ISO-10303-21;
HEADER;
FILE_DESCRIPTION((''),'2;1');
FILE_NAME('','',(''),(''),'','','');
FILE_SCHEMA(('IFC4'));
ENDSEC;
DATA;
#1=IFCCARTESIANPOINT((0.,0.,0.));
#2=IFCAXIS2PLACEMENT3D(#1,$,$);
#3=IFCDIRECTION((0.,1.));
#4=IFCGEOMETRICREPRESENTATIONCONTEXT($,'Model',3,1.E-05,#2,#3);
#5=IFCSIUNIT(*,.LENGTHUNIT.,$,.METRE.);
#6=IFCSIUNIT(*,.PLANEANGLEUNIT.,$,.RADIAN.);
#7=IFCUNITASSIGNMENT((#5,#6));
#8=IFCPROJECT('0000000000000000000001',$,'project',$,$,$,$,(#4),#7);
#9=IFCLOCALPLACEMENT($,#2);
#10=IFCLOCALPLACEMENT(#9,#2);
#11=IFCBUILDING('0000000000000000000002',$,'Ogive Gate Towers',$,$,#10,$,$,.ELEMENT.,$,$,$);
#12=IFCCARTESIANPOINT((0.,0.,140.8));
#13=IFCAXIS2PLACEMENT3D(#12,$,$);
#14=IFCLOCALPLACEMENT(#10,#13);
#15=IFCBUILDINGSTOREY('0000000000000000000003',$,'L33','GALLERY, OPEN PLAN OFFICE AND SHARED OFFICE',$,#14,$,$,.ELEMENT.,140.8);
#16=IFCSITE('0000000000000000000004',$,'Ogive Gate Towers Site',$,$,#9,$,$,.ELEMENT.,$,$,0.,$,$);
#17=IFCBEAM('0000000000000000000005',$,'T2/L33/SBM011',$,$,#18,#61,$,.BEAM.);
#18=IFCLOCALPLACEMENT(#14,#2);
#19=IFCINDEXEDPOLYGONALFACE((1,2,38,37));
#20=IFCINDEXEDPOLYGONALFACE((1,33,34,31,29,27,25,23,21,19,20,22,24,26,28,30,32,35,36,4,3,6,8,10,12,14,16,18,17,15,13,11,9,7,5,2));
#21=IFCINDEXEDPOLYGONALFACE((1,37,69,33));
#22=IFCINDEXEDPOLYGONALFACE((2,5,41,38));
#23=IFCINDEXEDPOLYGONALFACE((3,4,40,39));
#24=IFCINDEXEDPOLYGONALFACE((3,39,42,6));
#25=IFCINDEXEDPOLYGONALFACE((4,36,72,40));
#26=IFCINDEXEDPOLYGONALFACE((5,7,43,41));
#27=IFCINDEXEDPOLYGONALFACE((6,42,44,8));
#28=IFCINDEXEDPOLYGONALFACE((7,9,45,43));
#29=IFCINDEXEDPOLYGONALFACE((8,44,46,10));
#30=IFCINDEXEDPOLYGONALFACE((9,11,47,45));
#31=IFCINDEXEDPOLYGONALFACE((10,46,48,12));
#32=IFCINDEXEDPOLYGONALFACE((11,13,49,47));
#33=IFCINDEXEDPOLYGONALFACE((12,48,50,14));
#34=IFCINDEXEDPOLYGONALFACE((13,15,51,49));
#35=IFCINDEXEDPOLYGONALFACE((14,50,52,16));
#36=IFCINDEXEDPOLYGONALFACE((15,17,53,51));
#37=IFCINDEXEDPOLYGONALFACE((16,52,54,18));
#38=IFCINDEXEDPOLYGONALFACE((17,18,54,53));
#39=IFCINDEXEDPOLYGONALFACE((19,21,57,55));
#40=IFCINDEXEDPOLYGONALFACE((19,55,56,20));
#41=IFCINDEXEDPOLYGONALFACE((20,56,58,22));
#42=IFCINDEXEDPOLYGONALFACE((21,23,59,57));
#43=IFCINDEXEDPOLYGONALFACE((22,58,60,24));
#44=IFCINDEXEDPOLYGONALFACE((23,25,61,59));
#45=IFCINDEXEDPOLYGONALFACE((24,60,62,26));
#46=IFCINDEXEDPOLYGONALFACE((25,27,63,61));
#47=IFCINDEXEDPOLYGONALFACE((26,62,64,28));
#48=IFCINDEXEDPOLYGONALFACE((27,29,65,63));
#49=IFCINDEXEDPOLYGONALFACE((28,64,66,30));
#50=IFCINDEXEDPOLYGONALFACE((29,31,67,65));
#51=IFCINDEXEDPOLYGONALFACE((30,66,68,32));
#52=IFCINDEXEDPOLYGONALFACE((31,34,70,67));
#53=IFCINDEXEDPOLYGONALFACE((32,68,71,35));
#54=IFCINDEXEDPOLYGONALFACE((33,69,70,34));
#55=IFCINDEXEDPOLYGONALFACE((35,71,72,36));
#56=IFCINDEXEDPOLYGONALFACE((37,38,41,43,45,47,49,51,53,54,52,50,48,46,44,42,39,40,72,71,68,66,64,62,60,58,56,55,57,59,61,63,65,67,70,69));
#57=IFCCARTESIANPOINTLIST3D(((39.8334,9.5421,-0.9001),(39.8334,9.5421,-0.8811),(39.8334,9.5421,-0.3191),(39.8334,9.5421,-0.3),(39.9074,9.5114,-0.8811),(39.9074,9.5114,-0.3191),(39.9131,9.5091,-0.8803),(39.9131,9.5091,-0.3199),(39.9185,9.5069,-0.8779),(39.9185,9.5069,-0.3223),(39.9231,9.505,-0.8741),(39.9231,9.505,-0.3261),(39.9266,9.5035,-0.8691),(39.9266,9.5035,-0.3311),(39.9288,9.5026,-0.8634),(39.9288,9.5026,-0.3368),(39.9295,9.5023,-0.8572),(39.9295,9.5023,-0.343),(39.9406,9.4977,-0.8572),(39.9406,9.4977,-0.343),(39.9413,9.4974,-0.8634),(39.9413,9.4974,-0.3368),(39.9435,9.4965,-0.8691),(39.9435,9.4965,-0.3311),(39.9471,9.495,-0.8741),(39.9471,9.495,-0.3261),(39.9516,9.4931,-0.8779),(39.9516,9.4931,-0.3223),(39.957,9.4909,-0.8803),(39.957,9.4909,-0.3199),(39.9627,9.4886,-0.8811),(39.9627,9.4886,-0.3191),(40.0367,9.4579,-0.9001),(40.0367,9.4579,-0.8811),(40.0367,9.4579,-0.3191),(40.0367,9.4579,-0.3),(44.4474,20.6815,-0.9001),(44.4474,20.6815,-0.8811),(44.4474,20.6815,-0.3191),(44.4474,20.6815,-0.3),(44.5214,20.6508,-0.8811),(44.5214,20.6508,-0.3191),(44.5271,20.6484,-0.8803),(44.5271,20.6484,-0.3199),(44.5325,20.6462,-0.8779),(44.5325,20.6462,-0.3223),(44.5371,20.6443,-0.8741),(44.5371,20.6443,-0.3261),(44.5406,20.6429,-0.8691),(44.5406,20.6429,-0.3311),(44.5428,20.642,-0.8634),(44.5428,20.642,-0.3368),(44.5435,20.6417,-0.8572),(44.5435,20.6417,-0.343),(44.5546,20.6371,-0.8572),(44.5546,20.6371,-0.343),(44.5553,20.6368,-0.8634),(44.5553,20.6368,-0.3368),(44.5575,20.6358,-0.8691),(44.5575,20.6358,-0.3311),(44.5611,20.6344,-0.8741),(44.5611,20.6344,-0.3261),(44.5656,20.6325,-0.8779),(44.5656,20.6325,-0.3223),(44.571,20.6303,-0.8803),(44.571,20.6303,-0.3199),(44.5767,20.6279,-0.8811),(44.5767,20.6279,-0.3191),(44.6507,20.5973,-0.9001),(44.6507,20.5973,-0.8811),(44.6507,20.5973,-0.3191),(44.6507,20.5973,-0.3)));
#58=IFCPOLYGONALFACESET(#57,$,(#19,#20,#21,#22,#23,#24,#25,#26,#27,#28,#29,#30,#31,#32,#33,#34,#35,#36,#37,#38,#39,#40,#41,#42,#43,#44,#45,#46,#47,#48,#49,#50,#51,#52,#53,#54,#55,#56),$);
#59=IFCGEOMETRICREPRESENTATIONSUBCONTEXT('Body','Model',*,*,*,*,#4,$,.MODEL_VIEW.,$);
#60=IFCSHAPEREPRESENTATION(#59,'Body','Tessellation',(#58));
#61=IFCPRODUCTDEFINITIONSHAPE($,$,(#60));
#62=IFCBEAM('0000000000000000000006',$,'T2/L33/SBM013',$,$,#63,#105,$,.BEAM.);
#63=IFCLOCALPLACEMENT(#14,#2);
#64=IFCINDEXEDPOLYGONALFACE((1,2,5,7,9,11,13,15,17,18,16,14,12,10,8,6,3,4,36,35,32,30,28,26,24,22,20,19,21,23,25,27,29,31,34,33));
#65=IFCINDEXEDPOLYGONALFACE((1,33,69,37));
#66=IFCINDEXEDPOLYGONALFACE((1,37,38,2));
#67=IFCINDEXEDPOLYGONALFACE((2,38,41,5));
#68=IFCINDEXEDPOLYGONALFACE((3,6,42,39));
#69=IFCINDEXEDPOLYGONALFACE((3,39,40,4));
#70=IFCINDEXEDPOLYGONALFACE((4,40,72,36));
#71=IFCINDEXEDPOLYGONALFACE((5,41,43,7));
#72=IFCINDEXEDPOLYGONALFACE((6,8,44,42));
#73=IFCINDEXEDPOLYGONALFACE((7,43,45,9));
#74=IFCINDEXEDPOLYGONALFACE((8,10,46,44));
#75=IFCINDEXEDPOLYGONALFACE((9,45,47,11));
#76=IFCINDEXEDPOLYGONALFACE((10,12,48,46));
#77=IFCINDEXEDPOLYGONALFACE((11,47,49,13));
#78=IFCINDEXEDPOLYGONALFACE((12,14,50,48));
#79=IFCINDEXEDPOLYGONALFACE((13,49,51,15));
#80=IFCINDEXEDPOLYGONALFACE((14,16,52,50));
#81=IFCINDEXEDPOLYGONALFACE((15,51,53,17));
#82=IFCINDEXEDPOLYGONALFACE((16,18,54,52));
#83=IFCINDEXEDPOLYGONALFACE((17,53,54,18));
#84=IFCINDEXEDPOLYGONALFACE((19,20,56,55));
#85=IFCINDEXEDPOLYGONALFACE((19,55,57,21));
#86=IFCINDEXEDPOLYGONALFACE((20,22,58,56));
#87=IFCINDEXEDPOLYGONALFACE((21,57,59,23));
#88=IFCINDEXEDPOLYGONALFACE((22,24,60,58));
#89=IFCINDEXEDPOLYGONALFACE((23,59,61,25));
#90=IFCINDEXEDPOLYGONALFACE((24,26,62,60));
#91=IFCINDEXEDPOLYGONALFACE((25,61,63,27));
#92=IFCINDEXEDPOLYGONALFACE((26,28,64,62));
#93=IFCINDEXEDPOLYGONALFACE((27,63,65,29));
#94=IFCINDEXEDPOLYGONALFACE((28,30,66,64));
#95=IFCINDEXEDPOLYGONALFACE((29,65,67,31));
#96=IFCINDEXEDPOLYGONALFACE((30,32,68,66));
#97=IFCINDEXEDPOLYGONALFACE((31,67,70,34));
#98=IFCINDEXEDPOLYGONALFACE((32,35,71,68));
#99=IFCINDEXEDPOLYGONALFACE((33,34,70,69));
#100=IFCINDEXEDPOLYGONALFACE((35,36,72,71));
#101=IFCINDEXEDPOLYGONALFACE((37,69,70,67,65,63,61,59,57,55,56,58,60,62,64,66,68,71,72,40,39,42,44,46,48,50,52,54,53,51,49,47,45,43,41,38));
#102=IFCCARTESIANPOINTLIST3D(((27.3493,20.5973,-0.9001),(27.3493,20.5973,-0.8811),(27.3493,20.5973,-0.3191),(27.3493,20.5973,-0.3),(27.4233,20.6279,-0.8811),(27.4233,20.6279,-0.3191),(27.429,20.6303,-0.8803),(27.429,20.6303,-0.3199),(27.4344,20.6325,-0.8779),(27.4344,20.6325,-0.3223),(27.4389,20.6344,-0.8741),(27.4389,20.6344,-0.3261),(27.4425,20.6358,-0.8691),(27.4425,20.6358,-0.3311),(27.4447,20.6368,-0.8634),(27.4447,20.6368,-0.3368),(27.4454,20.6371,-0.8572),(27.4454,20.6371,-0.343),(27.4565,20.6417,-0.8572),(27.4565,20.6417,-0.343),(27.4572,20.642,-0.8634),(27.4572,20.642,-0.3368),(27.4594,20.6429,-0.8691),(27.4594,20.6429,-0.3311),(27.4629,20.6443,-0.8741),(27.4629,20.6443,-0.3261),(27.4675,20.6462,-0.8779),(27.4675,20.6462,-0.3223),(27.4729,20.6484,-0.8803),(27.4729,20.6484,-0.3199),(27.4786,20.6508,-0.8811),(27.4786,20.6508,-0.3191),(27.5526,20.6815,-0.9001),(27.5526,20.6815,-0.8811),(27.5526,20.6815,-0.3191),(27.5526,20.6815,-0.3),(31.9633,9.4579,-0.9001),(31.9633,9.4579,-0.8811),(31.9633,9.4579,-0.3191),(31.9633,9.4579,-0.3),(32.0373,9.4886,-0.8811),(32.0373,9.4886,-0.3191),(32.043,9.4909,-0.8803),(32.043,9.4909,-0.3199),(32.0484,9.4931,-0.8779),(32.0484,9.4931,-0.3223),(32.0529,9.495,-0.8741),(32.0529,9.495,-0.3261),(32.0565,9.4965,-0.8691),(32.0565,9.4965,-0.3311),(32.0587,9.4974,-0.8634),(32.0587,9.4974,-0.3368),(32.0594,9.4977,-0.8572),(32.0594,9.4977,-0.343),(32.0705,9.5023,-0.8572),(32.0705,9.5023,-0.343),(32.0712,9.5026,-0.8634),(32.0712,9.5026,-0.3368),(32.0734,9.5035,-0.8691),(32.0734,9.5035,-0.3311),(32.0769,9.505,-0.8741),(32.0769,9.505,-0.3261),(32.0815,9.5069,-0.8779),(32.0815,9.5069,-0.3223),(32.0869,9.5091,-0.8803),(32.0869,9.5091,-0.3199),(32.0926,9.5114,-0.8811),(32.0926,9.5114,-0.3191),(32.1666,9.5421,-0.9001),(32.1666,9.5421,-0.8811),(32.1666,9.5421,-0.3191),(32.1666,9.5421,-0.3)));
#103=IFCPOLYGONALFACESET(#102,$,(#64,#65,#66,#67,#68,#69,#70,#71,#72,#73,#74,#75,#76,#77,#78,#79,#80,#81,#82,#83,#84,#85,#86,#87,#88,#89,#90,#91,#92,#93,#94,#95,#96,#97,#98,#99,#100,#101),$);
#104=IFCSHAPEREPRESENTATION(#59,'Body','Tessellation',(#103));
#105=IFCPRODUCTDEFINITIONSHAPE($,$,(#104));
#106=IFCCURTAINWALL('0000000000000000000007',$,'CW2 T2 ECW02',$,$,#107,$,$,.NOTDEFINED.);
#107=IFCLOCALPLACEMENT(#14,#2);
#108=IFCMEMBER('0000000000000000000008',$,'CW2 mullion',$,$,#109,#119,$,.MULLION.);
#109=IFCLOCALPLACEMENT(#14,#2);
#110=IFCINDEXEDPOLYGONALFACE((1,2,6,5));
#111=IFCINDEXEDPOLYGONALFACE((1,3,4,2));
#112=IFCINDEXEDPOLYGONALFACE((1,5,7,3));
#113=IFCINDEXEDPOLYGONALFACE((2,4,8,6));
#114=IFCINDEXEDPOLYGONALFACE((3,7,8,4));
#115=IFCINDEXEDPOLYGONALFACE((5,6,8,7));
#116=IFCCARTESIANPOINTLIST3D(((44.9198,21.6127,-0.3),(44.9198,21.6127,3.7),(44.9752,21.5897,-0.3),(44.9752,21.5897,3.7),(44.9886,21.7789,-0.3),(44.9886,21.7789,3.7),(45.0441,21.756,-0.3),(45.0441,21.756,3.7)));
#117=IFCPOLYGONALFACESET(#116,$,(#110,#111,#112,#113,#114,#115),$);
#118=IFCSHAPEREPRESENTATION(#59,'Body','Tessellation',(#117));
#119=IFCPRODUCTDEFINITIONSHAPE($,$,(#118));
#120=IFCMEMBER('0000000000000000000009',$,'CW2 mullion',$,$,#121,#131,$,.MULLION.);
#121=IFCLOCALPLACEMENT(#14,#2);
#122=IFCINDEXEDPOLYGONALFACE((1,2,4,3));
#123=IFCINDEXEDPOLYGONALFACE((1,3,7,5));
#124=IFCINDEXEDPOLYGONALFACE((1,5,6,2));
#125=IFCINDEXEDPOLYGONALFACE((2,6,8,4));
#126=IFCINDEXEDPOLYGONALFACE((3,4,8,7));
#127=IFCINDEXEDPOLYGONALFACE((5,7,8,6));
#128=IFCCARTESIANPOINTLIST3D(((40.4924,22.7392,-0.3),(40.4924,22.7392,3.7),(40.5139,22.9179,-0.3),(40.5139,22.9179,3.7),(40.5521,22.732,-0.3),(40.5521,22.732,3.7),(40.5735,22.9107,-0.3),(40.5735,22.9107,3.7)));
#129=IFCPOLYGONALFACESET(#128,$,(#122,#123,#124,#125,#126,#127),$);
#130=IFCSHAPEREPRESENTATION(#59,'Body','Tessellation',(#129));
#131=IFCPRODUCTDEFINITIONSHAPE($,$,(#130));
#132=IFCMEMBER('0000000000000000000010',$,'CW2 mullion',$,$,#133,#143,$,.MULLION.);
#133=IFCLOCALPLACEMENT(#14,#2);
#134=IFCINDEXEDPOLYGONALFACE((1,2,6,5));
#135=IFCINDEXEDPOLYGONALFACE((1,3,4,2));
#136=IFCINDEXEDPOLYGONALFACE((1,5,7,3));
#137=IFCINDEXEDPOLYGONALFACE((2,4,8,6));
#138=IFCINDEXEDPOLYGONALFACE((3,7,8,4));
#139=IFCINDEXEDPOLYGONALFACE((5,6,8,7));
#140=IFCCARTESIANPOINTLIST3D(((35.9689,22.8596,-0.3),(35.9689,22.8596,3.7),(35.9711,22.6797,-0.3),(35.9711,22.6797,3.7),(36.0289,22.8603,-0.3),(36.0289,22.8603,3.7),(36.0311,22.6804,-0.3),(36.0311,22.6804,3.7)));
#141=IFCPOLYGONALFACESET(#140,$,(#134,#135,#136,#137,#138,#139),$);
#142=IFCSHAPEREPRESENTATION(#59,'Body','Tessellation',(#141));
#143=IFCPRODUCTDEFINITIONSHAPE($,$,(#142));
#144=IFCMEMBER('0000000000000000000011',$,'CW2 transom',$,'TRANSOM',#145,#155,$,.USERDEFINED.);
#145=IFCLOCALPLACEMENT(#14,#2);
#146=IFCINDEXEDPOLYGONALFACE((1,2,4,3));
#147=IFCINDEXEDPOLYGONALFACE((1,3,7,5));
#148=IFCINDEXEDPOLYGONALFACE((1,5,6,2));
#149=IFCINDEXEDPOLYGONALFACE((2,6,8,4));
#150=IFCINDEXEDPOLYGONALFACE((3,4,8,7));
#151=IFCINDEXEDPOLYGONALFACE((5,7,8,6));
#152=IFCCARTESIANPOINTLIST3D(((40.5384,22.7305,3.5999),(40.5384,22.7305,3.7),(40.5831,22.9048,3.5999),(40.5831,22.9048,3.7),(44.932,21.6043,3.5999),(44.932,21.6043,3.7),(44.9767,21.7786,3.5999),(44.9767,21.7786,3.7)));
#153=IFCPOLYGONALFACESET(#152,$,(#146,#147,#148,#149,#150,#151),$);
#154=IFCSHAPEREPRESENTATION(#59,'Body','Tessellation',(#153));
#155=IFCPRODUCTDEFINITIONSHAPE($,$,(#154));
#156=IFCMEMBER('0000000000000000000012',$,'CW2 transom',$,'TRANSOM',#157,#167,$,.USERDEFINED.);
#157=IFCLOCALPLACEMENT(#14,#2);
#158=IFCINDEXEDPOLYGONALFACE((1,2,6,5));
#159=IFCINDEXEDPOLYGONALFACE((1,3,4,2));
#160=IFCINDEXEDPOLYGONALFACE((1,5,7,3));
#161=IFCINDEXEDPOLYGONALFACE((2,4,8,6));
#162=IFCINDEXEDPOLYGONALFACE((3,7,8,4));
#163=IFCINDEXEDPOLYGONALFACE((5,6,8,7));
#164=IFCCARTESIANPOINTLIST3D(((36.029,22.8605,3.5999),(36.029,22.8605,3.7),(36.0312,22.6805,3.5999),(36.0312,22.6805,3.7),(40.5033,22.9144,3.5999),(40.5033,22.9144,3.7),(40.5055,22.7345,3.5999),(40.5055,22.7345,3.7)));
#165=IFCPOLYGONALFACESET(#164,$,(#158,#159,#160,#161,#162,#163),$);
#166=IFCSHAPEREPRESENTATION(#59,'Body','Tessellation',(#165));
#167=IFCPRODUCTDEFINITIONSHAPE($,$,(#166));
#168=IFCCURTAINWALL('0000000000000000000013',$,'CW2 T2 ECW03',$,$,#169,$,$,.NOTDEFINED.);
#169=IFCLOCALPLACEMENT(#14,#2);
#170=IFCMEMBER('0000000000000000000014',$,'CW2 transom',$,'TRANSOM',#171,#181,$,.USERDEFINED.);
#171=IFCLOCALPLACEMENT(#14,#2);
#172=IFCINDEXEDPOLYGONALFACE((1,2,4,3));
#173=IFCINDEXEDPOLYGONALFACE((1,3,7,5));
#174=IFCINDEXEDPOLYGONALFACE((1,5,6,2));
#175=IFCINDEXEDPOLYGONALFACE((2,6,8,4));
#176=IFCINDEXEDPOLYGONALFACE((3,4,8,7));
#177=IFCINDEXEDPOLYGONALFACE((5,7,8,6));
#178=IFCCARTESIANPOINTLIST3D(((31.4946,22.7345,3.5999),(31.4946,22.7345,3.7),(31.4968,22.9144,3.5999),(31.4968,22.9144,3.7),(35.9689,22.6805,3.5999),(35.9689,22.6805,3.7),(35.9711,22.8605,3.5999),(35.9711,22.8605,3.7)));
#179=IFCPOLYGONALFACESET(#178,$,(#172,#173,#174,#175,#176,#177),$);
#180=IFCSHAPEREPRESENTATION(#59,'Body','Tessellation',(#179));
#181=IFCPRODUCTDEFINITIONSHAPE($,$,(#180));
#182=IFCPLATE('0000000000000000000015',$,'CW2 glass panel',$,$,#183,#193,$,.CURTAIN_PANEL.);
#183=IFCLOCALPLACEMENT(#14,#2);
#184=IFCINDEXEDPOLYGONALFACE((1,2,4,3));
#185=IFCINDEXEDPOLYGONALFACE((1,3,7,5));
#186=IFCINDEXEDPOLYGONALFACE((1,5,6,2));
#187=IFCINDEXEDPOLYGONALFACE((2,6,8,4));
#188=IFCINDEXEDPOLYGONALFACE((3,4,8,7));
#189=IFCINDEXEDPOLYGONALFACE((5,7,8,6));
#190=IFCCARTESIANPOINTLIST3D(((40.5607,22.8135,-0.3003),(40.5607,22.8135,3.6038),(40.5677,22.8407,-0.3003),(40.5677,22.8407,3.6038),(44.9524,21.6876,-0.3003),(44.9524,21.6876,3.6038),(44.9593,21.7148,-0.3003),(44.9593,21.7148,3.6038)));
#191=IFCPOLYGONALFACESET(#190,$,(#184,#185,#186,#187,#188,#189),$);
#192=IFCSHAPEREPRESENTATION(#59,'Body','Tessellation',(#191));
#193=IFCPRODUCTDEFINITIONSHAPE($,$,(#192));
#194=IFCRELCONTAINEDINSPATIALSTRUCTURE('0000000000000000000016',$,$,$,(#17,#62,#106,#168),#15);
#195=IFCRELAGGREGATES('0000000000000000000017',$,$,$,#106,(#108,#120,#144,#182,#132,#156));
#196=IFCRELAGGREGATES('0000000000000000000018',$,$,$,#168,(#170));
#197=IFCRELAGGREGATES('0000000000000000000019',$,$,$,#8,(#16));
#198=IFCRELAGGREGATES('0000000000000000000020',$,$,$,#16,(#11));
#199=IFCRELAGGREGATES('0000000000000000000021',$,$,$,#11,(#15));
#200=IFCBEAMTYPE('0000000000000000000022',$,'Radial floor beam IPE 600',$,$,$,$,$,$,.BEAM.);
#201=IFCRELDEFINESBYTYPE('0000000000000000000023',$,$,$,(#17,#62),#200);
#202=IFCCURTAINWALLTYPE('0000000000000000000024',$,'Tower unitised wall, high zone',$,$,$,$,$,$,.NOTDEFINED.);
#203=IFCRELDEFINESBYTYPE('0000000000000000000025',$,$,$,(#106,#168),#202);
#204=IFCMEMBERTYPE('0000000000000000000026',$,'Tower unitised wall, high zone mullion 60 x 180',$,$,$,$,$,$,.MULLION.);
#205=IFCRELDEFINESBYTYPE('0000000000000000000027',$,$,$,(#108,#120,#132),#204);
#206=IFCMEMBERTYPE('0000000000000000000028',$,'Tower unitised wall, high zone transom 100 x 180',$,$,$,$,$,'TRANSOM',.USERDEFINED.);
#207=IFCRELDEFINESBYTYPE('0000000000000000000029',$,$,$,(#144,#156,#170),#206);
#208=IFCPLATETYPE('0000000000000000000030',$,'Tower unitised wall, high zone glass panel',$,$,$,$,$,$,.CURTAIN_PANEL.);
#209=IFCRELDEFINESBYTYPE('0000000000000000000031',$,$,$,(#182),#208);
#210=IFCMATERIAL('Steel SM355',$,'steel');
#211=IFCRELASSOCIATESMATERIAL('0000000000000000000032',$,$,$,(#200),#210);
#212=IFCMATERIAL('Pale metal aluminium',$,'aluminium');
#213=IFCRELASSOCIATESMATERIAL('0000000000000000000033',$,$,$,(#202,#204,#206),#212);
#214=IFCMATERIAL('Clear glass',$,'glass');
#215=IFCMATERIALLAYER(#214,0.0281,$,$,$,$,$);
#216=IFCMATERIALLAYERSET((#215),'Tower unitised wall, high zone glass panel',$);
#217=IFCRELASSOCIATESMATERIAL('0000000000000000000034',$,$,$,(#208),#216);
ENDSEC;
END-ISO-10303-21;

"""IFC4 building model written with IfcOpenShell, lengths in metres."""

from ifc_helpers import new_model, si_unit, direction, frame, origin, origin_2d, place, context, subcontext, project, spatial, rectangle, i_section, extrude, material, layer, layer_set, material_profile, profile_set, type_object, element, aggregate, save


model = new_model("IFC4")

# Units and contexts
model_context = context("Model", 3, precision=1e-05, world=origin(), true_north=direction((0.0, 1.0)))
body_context = subcontext(model_context, "Body", "Model", "MODEL_VIEW")
ifc_project = project(units=[si_unit("LENGTHUNIT", "METRE"), si_unit("PLANEANGLEUNIT", "RADIAN")], contexts=[model_context])

# Site, building, storey
site_placement = place(None, origin())
site = spatial("IfcSite", under=ifc_project, at=site_placement, Name="Ogive Gate Towers Site", CompositionType="ELEMENT", RefElevation=0.0)
building_placement = place(site_placement, origin())
building = spatial("IfcBuilding", under=site, at=building_placement, Name="Ogive Gate Towers", CompositionType="ELEMENT")
storey_placement = place(building_placement, frame((0.0, 0.0, 140.8)))
storey = spatial("IfcBuildingStorey", under=building, at=storey_placement, Name="L33", Description="GALLERY, OPEN PLAN OFFICE AND SHARED OFFICE", CompositionType="ELEMENT", Elevation=140.8)

# Beams
ifc_material_1 = material(Name="Steel SM355", Category="steel")
ifc_material_profile_1 = material_profile(ifc_material_1, i_section(OverallWidth=0.22, OverallDepth=0.6001, WebThickness=0.012, FlangeThickness=0.019, FilletRadius=0.0239, at=origin_2d()), Name="IPE 600")
ifc_profile_set_1 = profile_set([ifc_material_profile_1], Name="Steel SM355")
beam_type_1 = type_object("IfcBeamType", Name="Radial floor beam IPE 600", PredefinedType="BEAM", material=ifc_profile_set_1)
for number, where, z_axis, x_axis, name in (
    (1, (39.9351, 9.5, -0.6001), (0.382678, 0.923882, 0.0), (-0.923882, 0.382678, 0.0), "T2/L33/SBM011"),
    (2, (32.0649, 9.5, -0.6001), (-0.382678, 0.923882, 0.0), (-0.923882, -0.382678, 0.0), "T2/L33/SBM013"),
):
    element("IfcBeam", number, at=place(storey_placement, frame(where, z_axis=z_axis, x_axis=x_axis)), inside=storey, type_object=beam_type_1, Name=name, PredefinedType="BEAM", context=body_context, shape_type="SweptSolid", body=[
        extrude(i_section(OverallWidth=0.22, OverallDepth=0.6001, WebThickness=0.012, FlangeThickness=0.019, FilletRadius=0.0239, at=origin_2d()), origin(), (0.0, 0.0, 1.0), 12.0571),
    ])

# Curtain wall, members
ifc_material_2 = material(Name="Pale metal aluminium", Category="aluminium")
curtain_wall_type = type_object("IfcCurtainWallType", Name="Tower unitised wall, high zone", PredefinedType="NOTDEFINED", material=ifc_material_2)
curtain_wall_1_placement = place(storey_placement, origin())
curtain_wall_1 = element("IfcCurtainWall", 3, at=curtain_wall_1_placement, inside=storey, type_object=curtain_wall_type, Name="CW2 T2 ECW02", PredefinedType="NOTDEFINED")
ifc_material_profile_2 = material_profile(ifc_material_2, rectangle(XDim=0.1799, YDim=0.0601, at=origin_2d()), Name="60 x 180 aluminium box")
ifc_profile_set_2 = profile_set([ifc_material_profile_2], Name="Pale metal aluminium")
member_type_1 = type_object("IfcMemberType", Name="Tower unitised wall, high zone mullion 60 x 180", PredefinedType="MULLION", material=ifc_profile_set_2)
member_1_placement = place(storey_placement, frame((44.9819, 21.6843, -0.3), z_axis=(0.0, 0.0, 1.0), x_axis=(0.382683, 0.92388, 0.0)))
member_1 = element("IfcMember", 4, at=member_1_placement, type_object=member_type_1, Name="CW2 mullion", PredefinedType="MULLION", context=body_context, shape_type="SweptSolid", body=[
    extrude(rectangle(XDim=0.1799, YDim=0.0601, at=origin_2d()), origin(), (0.0, 0.0, 1.0), 4.0),
])
member_2_placement = place(storey_placement, frame((40.533, 22.825, -0.3), z_axis=(0.0, 0.0, 1.0), x_axis=(0.119149, 0.992876, 0.0)))
member_2 = element("IfcMember", 5, at=member_2_placement, type_object=member_type_1, Name="CW2 mullion", PredefinedType="MULLION", context=body_context, shape_type="SweptSolid", body=[
    extrude(rectangle(XDim=0.1799, YDim=0.0601, at=origin_2d()), origin(), (0.0, 0.0, 1.0), 4.0),
])
member_3_placement = place(storey_placement, frame((36.0, 22.77, -0.3), z_axis=(0.0, 0.0, 1.0), x_axis=(-0.012077, 0.999927, 0.0)))
member_3 = element("IfcMember", 6, at=member_3_placement, type_object=member_type_1, Name="CW2 mullion", PredefinedType="MULLION", context=body_context, shape_type="SweptSolid", body=[
    extrude(rectangle(XDim=0.1799, YDim=0.0601, at=origin_2d()), origin(), (0.0, 0.0, 1.0), 4.0),
])
ifc_material_profile_3 = material_profile(ifc_material_2, rectangle(XDim=0.1799, YDim=0.1001, at=origin_2d()), Name="100 x 180 aluminium box")
ifc_profile_set_3 = profile_set([ifc_material_profile_3], Name="Pale metal aluminium")
member_type_2 = type_object("IfcMemberType", Name="Tower unitised wall, high zone transom 100 x 180", ElementType="TRANSOM", PredefinedType="USERDEFINED", material=ifc_profile_set_3)
member_4_placement = place(storey_placement, frame((44.9543, 21.6914, 3.6499), z_axis=(-0.968681, 0.248307, 0.0), x_axis=(-0.248307, -0.968681, 0.0)))
member_4 = element("IfcMember", 7, at=member_4_placement, type_object=member_type_2, Name="CW2 transom", ObjectType="TRANSOM", PredefinedType="USERDEFINED", context=body_context, shape_type="SweptSolid", body=[
    extrude(rectangle(XDim=0.1799, YDim=0.1001, at=origin_2d()), origin(), (0.0, 0.0, 1.0), 4.5356),
])
member_5_placement = place(storey_placement, frame((40.5044, 22.8245, 3.6499), z_axis=(-0.999927, -0.012058, 0.0), x_axis=(0.012058, -0.999927, 0.0)))
member_5 = element("IfcMember", 8, at=member_5_placement, type_object=member_type_2, Name="CW2 transom", ObjectType="TRANSOM", PredefinedType="USERDEFINED", context=body_context, shape_type="SweptSolid", body=[
    extrude(rectangle(XDim=0.1799, YDim=0.1001, at=origin_2d()), origin(), (0.0, 0.0, 1.0), 4.4746),
])

# Curtain wall, member
curtain_wall_2_placement = place(storey_placement, origin())
curtain_wall_2 = element("IfcCurtainWall", 9, at=curtain_wall_2_placement, inside=storey, type_object=curtain_wall_type, Name="CW2 T2 ECW03", PredefinedType="NOTDEFINED")
member_6_placement = place(storey_placement, frame((35.97, 22.7705, 3.6499), z_axis=(-0.999927, 0.012058, 0.0), x_axis=(-0.012058, -0.999927, 0.0)))
member_6 = element("IfcMember", 10, at=member_6_placement, type_object=member_type_2, Name="CW2 transom", ObjectType="TRANSOM", PredefinedType="USERDEFINED", context=body_context, shape_type="SweptSolid", body=[
    extrude(rectangle(XDim=0.1799, YDim=0.1001, at=origin_2d()), origin(), (0.0, 0.0, 1.0), 4.4746),
])

# Plate
ifc_material_3 = material(Name="Clear glass", Category="glass")
ifc_layer_1 = layer(ifc_material_3, 0.0281)
ifc_layer_set_1 = layer_set([ifc_layer_1], Name="Tower unitised wall, high zone glass panel")
plate_type = type_object("IfcPlateType", Name="Tower unitised wall, high zone glass panel", PredefinedType="CURTAIN_PANEL", material=ifc_layer_set_1)
plate_1_placement = place(storey_placement, frame((42.76, 22.2642, -0.3003), z_axis=(0.0, 0.0, 1.0), x_axis=(-0.968674, 0.248335, 0.0)))
plate_1 = element("IfcPlate", 11, at=plate_1_placement, type_object=plate_type, Name="CW2 glass panel", PredefinedType="CURTAIN_PANEL", context=body_context, shape_type="SweptSolid", body=[
    extrude(rectangle(XDim=4.5337, YDim=0.0281, at=origin_2d()), origin(), (0.0, 0.0, 1.0), 3.9041),
])
aggregate(curtain_wall_1, [member_1, member_2, member_4, plate_1, member_3, member_5])
aggregate(curtain_wall_2, [member_6])

save(model, "model.ifc")
